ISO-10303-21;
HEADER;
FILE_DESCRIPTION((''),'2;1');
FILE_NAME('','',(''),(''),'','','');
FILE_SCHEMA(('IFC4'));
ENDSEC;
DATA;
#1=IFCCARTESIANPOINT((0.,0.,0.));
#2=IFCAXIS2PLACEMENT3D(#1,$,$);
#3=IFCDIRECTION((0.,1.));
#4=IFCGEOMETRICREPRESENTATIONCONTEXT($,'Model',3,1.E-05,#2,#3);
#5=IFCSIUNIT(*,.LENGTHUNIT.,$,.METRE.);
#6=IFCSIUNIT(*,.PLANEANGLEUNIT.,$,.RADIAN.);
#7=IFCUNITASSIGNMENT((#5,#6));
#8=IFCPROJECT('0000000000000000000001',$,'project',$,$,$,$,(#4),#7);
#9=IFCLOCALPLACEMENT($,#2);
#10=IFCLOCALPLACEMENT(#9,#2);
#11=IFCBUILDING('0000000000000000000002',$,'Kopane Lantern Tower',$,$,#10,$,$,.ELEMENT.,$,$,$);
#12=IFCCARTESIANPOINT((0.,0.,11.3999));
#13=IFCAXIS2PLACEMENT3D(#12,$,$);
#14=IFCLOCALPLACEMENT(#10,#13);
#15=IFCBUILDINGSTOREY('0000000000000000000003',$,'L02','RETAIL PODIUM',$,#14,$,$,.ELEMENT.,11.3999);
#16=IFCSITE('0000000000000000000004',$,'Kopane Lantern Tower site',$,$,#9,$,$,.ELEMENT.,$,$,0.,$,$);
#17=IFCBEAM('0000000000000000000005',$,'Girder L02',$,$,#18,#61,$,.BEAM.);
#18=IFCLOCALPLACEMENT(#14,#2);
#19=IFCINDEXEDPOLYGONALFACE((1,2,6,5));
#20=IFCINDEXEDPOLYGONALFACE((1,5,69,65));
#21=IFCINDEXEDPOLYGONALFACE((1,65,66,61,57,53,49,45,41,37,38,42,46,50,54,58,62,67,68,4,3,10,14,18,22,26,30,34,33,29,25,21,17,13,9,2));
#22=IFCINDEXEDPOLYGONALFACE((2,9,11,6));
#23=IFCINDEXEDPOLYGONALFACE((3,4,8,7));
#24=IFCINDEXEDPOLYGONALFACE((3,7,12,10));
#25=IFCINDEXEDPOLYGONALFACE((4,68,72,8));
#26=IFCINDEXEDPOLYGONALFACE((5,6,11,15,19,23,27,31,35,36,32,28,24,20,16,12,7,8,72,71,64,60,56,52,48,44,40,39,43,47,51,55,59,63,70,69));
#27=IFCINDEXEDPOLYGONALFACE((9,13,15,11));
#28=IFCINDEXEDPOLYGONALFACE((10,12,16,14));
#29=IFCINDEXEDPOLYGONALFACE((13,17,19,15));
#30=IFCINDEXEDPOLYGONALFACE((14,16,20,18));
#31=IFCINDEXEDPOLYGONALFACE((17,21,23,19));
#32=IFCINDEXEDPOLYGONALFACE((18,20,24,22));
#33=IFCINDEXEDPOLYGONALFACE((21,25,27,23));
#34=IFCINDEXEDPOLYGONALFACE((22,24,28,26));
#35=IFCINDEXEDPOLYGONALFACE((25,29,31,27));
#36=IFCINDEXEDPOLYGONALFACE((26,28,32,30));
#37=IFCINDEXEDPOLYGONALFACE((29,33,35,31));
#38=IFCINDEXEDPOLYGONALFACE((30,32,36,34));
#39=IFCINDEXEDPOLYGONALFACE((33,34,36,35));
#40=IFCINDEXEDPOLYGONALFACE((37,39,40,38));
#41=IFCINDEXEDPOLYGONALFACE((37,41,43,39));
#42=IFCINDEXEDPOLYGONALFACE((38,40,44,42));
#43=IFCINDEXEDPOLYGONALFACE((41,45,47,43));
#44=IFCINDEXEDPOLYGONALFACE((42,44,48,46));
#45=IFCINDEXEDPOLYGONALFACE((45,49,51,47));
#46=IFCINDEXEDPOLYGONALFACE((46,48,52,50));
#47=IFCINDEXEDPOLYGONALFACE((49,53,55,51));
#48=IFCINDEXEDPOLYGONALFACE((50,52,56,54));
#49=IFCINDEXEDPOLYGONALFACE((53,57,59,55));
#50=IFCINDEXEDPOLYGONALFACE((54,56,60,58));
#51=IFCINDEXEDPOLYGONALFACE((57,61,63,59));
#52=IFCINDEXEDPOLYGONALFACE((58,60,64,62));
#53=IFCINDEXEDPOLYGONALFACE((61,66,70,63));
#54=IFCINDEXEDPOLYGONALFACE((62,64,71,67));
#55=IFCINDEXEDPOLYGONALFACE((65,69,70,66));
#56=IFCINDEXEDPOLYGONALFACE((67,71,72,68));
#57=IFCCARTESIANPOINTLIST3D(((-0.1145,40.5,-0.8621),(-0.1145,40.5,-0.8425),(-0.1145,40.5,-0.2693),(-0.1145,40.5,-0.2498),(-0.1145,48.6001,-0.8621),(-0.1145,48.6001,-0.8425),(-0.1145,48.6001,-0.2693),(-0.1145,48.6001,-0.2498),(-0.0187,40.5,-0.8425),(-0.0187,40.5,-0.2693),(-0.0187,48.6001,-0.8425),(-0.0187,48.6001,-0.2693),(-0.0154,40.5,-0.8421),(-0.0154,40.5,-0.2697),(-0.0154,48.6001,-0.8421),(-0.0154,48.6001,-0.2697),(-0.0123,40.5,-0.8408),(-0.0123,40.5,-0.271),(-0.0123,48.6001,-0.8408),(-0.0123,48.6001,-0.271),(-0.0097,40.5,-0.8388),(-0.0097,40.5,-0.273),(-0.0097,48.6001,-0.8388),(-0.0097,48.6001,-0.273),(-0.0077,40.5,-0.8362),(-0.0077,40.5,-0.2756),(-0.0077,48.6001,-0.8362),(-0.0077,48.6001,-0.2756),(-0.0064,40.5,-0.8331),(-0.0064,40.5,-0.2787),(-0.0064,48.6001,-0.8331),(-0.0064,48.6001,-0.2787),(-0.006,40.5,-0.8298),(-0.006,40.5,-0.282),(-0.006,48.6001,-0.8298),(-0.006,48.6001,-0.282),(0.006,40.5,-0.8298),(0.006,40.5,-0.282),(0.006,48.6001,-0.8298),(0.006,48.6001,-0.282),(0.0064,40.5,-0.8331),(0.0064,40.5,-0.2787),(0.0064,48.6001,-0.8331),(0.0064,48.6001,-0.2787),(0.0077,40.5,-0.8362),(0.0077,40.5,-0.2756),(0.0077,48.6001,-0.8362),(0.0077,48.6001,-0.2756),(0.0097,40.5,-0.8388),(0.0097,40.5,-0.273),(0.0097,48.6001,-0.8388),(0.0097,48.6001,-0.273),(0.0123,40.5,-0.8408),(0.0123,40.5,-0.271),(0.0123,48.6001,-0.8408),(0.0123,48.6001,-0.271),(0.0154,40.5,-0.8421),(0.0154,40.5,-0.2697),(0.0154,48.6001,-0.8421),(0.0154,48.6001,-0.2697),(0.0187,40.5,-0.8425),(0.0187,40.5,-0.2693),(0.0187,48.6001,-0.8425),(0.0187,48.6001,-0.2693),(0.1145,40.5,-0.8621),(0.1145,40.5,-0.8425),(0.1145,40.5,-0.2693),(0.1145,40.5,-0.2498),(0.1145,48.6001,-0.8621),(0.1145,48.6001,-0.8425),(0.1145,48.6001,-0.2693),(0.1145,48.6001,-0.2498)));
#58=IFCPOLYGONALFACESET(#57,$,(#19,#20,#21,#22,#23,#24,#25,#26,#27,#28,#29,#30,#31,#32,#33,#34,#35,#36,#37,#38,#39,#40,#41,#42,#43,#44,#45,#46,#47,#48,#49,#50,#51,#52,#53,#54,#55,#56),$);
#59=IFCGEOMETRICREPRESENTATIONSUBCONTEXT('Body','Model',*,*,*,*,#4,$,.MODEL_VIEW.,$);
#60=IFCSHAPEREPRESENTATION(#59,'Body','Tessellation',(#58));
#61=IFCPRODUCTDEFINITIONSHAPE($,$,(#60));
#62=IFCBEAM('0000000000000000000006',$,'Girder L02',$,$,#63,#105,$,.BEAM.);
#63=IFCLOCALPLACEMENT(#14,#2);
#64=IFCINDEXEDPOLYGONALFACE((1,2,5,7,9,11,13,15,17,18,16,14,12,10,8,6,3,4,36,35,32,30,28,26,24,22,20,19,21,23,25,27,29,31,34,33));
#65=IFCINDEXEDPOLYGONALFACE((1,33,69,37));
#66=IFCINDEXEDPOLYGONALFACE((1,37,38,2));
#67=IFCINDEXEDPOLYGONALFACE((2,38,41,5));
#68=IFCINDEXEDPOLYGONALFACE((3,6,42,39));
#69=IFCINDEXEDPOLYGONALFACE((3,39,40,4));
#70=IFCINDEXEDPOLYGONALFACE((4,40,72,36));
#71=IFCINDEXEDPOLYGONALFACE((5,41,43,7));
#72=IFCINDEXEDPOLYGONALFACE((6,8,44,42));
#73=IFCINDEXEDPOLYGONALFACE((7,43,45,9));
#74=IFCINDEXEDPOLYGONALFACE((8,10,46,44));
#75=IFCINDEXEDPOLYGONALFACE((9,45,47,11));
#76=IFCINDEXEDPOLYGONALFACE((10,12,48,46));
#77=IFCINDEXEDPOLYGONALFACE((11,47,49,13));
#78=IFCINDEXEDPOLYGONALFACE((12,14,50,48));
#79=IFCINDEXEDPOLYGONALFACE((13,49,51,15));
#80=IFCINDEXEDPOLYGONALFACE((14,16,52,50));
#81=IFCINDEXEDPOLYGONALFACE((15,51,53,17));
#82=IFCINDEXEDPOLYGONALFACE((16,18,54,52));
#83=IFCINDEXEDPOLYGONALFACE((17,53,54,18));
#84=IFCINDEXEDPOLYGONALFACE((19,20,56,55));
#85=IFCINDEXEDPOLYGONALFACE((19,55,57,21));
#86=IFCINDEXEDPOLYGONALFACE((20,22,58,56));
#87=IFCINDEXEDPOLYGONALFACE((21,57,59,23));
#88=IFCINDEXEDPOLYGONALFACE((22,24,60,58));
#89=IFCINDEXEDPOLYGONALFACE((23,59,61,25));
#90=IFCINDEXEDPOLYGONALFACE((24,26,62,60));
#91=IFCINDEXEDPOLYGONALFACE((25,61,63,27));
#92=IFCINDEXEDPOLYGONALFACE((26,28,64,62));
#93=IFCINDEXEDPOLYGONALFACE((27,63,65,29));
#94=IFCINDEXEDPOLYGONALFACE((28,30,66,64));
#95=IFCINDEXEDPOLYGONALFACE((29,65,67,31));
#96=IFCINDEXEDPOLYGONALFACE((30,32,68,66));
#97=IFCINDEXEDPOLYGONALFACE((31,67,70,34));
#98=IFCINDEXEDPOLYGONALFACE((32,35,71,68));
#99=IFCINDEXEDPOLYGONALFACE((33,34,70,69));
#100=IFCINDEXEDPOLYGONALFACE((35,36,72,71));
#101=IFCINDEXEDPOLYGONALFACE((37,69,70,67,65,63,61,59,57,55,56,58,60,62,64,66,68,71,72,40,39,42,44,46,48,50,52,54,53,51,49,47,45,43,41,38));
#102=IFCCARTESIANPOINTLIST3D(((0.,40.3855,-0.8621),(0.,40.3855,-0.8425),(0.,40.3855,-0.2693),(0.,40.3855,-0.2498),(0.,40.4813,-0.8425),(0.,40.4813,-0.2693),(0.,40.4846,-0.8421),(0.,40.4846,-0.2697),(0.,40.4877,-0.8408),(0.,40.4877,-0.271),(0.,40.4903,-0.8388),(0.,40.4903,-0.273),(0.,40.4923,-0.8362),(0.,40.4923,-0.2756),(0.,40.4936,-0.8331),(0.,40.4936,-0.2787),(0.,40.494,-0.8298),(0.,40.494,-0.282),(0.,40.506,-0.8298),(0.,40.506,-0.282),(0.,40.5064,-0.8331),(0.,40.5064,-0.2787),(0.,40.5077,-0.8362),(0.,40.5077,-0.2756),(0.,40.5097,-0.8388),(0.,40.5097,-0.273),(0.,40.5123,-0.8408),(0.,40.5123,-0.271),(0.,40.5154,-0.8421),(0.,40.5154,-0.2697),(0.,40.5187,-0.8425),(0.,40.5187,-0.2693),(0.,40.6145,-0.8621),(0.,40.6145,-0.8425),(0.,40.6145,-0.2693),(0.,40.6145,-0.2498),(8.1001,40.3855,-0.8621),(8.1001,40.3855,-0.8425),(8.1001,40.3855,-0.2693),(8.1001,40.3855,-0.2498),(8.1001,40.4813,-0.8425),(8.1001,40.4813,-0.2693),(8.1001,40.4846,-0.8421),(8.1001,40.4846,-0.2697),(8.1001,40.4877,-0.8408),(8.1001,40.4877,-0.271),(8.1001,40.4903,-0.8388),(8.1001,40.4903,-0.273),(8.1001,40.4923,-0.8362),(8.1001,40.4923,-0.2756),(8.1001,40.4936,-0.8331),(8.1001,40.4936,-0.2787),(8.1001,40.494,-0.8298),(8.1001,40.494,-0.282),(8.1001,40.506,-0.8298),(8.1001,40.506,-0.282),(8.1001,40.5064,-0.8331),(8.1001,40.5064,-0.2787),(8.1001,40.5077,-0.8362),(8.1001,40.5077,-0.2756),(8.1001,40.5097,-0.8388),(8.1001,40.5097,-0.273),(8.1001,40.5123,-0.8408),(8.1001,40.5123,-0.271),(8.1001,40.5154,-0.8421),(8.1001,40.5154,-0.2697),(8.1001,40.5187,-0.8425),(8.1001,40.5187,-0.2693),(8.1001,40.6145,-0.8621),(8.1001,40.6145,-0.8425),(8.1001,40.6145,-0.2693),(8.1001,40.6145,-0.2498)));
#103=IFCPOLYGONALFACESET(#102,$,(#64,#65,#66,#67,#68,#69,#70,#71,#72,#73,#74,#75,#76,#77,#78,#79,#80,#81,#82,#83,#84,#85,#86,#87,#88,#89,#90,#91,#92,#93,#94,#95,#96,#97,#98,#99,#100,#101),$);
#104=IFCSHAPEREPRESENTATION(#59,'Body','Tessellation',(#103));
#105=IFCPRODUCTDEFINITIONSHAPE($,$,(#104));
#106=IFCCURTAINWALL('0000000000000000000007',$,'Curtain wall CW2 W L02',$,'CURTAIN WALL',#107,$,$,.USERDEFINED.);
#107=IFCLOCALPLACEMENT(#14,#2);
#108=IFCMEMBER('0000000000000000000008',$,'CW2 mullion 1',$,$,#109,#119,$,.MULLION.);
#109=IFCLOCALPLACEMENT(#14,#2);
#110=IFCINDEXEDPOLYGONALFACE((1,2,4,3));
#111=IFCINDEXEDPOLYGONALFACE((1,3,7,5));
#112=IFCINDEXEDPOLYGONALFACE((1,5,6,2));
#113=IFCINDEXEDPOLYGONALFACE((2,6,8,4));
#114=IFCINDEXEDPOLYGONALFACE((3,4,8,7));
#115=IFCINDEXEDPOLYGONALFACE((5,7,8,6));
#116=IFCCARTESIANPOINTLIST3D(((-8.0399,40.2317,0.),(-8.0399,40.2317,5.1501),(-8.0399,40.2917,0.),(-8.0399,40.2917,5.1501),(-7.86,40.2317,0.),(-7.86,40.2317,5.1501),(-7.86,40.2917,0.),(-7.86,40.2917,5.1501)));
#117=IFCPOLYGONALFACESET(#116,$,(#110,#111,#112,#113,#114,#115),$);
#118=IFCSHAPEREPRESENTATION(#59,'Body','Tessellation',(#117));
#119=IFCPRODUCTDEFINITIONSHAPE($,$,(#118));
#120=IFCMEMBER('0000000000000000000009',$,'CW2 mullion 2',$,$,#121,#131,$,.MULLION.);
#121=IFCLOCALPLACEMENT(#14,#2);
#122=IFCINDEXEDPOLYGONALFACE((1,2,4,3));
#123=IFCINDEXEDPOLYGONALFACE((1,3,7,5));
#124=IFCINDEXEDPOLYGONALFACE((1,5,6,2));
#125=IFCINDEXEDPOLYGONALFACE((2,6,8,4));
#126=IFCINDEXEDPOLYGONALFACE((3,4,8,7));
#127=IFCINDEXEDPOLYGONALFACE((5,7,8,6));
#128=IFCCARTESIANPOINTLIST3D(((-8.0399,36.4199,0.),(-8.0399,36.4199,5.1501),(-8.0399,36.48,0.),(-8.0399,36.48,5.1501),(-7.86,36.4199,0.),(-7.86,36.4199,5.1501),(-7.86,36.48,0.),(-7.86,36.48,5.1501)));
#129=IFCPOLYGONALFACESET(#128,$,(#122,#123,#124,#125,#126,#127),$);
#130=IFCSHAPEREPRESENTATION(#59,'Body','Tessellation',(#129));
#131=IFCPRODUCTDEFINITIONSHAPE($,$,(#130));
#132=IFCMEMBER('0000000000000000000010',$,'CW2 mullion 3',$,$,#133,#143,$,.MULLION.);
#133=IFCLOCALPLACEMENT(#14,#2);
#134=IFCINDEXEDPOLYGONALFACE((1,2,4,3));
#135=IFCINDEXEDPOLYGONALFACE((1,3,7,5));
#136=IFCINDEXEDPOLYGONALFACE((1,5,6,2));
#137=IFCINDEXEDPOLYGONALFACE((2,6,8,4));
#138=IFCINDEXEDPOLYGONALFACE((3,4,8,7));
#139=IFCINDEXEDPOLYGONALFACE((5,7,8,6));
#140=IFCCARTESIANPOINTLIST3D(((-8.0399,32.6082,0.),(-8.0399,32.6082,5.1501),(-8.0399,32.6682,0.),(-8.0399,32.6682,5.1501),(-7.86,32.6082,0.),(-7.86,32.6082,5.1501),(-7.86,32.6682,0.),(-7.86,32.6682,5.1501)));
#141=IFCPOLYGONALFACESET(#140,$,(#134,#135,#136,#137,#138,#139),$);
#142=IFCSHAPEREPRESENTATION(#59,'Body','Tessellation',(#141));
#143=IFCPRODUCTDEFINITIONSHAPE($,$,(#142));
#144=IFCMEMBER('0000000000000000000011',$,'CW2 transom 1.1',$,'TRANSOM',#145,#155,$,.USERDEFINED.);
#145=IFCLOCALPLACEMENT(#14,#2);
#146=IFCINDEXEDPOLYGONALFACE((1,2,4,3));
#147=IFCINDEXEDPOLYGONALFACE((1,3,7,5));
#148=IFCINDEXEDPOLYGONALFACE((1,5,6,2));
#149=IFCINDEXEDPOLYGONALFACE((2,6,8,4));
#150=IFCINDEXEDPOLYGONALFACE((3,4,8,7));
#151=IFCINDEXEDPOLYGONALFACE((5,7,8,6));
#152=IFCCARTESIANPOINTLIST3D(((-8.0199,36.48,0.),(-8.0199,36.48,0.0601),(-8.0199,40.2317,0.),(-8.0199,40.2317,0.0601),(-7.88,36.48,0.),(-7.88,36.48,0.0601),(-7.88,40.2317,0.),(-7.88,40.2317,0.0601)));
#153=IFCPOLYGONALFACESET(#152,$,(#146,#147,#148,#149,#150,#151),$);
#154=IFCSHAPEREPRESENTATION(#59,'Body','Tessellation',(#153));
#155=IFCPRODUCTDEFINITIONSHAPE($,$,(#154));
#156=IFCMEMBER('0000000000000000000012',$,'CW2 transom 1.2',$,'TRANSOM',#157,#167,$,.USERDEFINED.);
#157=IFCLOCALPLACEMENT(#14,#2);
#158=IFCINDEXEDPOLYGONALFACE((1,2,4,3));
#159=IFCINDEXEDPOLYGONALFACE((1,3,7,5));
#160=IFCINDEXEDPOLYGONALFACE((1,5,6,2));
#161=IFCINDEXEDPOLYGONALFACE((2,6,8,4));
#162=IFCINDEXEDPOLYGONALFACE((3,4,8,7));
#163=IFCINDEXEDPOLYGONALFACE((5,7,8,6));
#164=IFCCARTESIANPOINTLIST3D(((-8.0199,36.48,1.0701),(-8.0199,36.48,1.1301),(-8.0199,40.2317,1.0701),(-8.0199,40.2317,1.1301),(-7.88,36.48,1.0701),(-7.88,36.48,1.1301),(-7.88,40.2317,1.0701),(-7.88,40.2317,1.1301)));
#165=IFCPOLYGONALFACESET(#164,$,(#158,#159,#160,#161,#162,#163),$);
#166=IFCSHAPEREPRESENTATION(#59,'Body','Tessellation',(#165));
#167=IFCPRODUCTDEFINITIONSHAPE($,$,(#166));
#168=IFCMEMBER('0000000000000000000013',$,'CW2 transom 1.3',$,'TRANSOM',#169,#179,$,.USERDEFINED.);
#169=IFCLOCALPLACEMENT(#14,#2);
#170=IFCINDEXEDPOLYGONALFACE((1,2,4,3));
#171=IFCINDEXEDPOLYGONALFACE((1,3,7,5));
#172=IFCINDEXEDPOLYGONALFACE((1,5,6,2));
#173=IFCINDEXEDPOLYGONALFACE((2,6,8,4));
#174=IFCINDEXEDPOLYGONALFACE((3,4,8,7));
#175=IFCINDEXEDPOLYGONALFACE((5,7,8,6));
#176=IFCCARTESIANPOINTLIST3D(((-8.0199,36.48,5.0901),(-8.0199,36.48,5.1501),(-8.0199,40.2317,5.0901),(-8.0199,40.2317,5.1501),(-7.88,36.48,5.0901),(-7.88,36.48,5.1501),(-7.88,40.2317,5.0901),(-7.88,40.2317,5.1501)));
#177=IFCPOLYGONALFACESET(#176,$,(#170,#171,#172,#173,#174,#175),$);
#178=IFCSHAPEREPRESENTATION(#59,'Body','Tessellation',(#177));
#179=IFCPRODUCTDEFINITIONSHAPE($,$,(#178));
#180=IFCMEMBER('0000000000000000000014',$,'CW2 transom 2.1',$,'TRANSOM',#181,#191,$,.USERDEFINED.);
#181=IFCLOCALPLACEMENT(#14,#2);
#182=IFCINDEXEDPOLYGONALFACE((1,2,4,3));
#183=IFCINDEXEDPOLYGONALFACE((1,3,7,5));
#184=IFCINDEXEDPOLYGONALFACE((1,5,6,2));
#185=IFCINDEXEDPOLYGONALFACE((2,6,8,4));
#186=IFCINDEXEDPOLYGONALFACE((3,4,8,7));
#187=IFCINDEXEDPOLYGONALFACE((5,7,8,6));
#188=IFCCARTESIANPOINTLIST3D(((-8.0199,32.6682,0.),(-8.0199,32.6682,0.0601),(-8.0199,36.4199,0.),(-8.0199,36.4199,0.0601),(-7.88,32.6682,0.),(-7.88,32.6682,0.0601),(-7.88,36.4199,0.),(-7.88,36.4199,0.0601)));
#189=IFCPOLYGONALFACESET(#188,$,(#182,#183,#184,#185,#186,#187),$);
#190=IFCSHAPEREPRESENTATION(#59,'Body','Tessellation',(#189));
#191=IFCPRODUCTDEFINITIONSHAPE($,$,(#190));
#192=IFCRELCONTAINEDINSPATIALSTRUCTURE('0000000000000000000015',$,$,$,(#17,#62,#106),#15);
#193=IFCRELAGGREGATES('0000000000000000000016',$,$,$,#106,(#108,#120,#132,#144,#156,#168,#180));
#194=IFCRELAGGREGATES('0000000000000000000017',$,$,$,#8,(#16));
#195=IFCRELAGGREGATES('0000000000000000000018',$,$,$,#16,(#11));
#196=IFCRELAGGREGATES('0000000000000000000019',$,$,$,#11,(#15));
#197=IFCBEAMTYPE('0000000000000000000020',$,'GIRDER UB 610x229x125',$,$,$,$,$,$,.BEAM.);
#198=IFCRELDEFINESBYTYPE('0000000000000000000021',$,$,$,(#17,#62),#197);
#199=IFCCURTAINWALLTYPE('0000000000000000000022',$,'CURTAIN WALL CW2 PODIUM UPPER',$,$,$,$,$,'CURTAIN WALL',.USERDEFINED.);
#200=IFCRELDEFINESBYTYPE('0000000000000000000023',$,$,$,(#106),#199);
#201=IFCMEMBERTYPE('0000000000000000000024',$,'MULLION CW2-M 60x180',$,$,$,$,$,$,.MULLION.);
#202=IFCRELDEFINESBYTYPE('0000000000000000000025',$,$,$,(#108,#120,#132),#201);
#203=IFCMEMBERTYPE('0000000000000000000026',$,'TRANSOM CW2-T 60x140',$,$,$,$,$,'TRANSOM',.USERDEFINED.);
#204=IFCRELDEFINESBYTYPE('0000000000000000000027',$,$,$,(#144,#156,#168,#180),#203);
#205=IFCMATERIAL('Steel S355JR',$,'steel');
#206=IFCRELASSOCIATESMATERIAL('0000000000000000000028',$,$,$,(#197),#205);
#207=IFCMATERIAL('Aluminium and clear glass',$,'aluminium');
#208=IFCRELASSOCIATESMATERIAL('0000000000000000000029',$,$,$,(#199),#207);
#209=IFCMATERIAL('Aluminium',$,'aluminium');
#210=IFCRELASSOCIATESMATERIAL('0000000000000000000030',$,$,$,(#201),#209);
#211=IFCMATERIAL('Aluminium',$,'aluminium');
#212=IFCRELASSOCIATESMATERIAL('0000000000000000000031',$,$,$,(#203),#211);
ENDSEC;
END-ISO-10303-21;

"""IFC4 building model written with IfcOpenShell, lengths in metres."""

from ifc_helpers import new_model, si_unit, direction, frame, origin, origin_2d, place, context, subcontext, project, spatial, rectangle, i_section, extrude, material, material_profile, profile_set, type_object, element, aggregate, save


model = new_model("IFC4")

# Units and contexts
model_context = context("Model", 3, precision=1e-05, world=origin(), true_north=direction((0.0, 1.0)))
body_context = subcontext(model_context, "Body", "Model", "MODEL_VIEW")
ifc_project = project(units=[si_unit("LENGTHUNIT", "METRE"), si_unit("PLANEANGLEUNIT", "RADIAN")], contexts=[model_context])

# Site, building, storey
site_placement = place(None, origin())
site = spatial("IfcSite", under=ifc_project, at=site_placement, Name="Kopane Lantern Tower site", CompositionType="ELEMENT", RefElevation=0.0)
building_placement = place(site_placement, origin())
building = spatial("IfcBuilding", under=site, at=building_placement, Name="Kopane Lantern Tower", CompositionType="ELEMENT")
storey_placement = place(building_placement, frame((0.0, 0.0, 11.3999)))
storey = spatial("IfcBuildingStorey", under=building, at=storey_placement, Name="L02", Description="RETAIL PODIUM", CompositionType="ELEMENT", Elevation=11.3999)

# Beams
ifc_material_1 = material(Name="Steel S355JR", Category="steel")
ifc_material_profile_1 = material_profile(ifc_material_1, i_section(OverallWidth=0.229, OverallDepth=0.6123, WebThickness=0.012, FlangeThickness=0.0195, FilletRadius=0.0127, at=origin_2d()), Name="UB 610x229x125")
ifc_profile_set_1 = profile_set([ifc_material_profile_1], Name="Steel S355JR")
beam_type = type_object("IfcBeamType", Name="GIRDER UB 610x229x125", PredefinedType="BEAM", material=ifc_profile_set_1)
for number, where, z_axis, x_axis, name in (
    (1, (0.0, 40.5, -0.5559), (0.0, 1.0, 0.0), (-1.0, 0.0, 0.0), "Girder L02"),
    (2, (0.0, 40.5, -0.5559), (1.0, 0.0, 0.0), (0.0, 1.0, 0.0), "Girder L02"),
):
    element("IfcBeam", number, at=place(storey_placement, frame(where, z_axis=z_axis, x_axis=x_axis)), inside=storey, type_object=beam_type, Name=name, PredefinedType="BEAM", context=body_context, shape_type="SweptSolid", body=[
        extrude(i_section(OverallWidth=0.229, OverallDepth=0.6123, WebThickness=0.012, FlangeThickness=0.0195, FilletRadius=0.0127, at=origin_2d()), origin(), (0.0, 0.0, 1.0), 8.1001),
    ])

# Curtain wall, members
ifc_material_2 = material(Name="Aluminium and clear glass", Category="aluminium")
curtain_wall_type = type_object("IfcCurtainWallType", Name="CURTAIN WALL CW2 PODIUM UPPER", ElementType="CURTAIN WALL", PredefinedType="USERDEFINED", material=ifc_material_2)
curtain_wall_placement = place(storey_placement, origin())
curtain_wall = element("IfcCurtainWall", 3, at=curtain_wall_placement, inside=storey, type_object=curtain_wall_type, Name="Curtain wall CW2 W L02", ObjectType="CURTAIN WALL", PredefinedType="USERDEFINED")
ifc_material_3 = material(Name="Aluminium", Category="aluminium")
ifc_material_profile_2 = material_profile(ifc_material_3, rectangle(XDim=0.0601, YDim=0.1799, at=origin_2d()), Name="AL 60x180")
ifc_profile_set_2 = profile_set([ifc_material_profile_2], Name="Aluminium")
member_type_1 = type_object("IfcMemberType", Name="MULLION CW2-M 60x180", PredefinedType="MULLION", material=ifc_profile_set_2)
member_1_placement = place(storey_placement, frame((-7.95, 40.2617, 0.0), z_axis=(0.0, 0.0, 1.0), x_axis=(0.0, -1.0, 0.0)))
member_1 = element("IfcMember", 4, at=member_1_placement, type_object=member_type_1, Name="CW2 mullion 1", PredefinedType="MULLION", context=body_context, shape_type="SweptSolid", body=[
    extrude(rectangle(XDim=0.0601, YDim=0.1799, at=origin_2d()), origin(), (0.0, 0.0, 1.0), 5.1501),
])
member_2_placement = place(storey_placement, frame((-7.95, 36.45, 0.0), z_axis=(0.0, 0.0, 1.0), x_axis=(0.0, -1.0, 0.0)))
member_2 = element("IfcMember", 5, at=member_2_placement, type_object=member_type_1, Name="CW2 mullion 2", PredefinedType="MULLION", context=body_context, shape_type="SweptSolid", body=[
    extrude(rectangle(XDim=0.0601, YDim=0.1799, at=origin_2d()), origin(), (0.0, 0.0, 1.0), 5.1501),
])
member_3_placement = place(storey_placement, frame((-7.95, 32.6382, 0.0), z_axis=(0.0, 0.0, 1.0), x_axis=(0.0, -1.0, 0.0)))
member_3 = element("IfcMember", 6, at=member_3_placement, type_object=member_type_1, Name="CW2 mullion 3", PredefinedType="MULLION", context=body_context, shape_type="SweptSolid", body=[
    extrude(rectangle(XDim=0.0601, YDim=0.1799, at=origin_2d()), origin(), (0.0, 0.0, 1.0), 5.1501),
])
ifc_material_4 = material(Name="Aluminium", Category="aluminium")
ifc_material_profile_3 = material_profile(ifc_material_4, rectangle(XDim=0.1399, YDim=0.0601, at=origin_2d()), Name="AL 140x60")
ifc_profile_set_3 = profile_set([ifc_material_profile_3], Name="Aluminium")
member_type_2 = type_object("IfcMemberType", Name="TRANSOM CW2-T 60x140", ElementType="TRANSOM", PredefinedType="USERDEFINED", material=ifc_profile_set_3)
member_4_placement = place(storey_placement, frame((-7.95, 40.2317, 0.03), z_axis=(0.0, -1.0, 0.0), x_axis=(1.0, 0.0, 0.0)))
member_4 = element("IfcMember", 7, at=member_4_placement, type_object=member_type_2, Name="CW2 transom 1.1", ObjectType="TRANSOM", PredefinedType="USERDEFINED", context=body_context, shape_type="SweptSolid", body=[
    extrude(rectangle(XDim=0.1399, YDim=0.0601, at=origin_2d()), origin(), (0.0, 0.0, 1.0), 3.7517),
])
member_5_placement = place(storey_placement, frame((-7.95, 40.2317, 1.1001), z_axis=(0.0, -1.0, 0.0), x_axis=(1.0, 0.0, 0.0)))
member_5 = element("IfcMember", 8, at=member_5_placement, type_object=member_type_2, Name="CW2 transom 1.2", ObjectType="TRANSOM", PredefinedType="USERDEFINED", context=body_context, shape_type="SweptSolid", body=[
    extrude(rectangle(XDim=0.1399, YDim=0.0601, at=origin_2d()), origin(), (0.0, 0.0, 1.0), 3.7517),
])
member_6_placement = place(storey_placement, frame((-7.95, 40.2317, 5.1201), z_axis=(0.0, -1.0, 0.0), x_axis=(1.0, 0.0, 0.0)))
member_6 = element("IfcMember", 9, at=member_6_placement, type_object=member_type_2, Name="CW2 transom 1.3", ObjectType="TRANSOM", PredefinedType="USERDEFINED", context=body_context, shape_type="SweptSolid", body=[
    extrude(rectangle(XDim=0.1399, YDim=0.0601, at=origin_2d()), origin(), (0.0, 0.0, 1.0), 3.7517),
])
member_7_placement = place(storey_placement, frame((-7.95, 36.4199, 0.03), z_axis=(0.0, -1.0, 0.0), x_axis=(1.0, 0.0, 0.0)))
member_7 = element("IfcMember", 10, at=member_7_placement, type_object=member_type_2, Name="CW2 transom 2.1", ObjectType="TRANSOM", PredefinedType="USERDEFINED", context=body_context, shape_type="SweptSolid", body=[
    extrude(rectangle(XDim=0.1399, YDim=0.0601, at=origin_2d()), origin(), (0.0, 0.0, 1.0), 3.7517),
])
aggregate(curtain_wall, [member_1, member_2, member_3, member_4, member_5, member_6, member_7])

save(model, "model.ifc")
